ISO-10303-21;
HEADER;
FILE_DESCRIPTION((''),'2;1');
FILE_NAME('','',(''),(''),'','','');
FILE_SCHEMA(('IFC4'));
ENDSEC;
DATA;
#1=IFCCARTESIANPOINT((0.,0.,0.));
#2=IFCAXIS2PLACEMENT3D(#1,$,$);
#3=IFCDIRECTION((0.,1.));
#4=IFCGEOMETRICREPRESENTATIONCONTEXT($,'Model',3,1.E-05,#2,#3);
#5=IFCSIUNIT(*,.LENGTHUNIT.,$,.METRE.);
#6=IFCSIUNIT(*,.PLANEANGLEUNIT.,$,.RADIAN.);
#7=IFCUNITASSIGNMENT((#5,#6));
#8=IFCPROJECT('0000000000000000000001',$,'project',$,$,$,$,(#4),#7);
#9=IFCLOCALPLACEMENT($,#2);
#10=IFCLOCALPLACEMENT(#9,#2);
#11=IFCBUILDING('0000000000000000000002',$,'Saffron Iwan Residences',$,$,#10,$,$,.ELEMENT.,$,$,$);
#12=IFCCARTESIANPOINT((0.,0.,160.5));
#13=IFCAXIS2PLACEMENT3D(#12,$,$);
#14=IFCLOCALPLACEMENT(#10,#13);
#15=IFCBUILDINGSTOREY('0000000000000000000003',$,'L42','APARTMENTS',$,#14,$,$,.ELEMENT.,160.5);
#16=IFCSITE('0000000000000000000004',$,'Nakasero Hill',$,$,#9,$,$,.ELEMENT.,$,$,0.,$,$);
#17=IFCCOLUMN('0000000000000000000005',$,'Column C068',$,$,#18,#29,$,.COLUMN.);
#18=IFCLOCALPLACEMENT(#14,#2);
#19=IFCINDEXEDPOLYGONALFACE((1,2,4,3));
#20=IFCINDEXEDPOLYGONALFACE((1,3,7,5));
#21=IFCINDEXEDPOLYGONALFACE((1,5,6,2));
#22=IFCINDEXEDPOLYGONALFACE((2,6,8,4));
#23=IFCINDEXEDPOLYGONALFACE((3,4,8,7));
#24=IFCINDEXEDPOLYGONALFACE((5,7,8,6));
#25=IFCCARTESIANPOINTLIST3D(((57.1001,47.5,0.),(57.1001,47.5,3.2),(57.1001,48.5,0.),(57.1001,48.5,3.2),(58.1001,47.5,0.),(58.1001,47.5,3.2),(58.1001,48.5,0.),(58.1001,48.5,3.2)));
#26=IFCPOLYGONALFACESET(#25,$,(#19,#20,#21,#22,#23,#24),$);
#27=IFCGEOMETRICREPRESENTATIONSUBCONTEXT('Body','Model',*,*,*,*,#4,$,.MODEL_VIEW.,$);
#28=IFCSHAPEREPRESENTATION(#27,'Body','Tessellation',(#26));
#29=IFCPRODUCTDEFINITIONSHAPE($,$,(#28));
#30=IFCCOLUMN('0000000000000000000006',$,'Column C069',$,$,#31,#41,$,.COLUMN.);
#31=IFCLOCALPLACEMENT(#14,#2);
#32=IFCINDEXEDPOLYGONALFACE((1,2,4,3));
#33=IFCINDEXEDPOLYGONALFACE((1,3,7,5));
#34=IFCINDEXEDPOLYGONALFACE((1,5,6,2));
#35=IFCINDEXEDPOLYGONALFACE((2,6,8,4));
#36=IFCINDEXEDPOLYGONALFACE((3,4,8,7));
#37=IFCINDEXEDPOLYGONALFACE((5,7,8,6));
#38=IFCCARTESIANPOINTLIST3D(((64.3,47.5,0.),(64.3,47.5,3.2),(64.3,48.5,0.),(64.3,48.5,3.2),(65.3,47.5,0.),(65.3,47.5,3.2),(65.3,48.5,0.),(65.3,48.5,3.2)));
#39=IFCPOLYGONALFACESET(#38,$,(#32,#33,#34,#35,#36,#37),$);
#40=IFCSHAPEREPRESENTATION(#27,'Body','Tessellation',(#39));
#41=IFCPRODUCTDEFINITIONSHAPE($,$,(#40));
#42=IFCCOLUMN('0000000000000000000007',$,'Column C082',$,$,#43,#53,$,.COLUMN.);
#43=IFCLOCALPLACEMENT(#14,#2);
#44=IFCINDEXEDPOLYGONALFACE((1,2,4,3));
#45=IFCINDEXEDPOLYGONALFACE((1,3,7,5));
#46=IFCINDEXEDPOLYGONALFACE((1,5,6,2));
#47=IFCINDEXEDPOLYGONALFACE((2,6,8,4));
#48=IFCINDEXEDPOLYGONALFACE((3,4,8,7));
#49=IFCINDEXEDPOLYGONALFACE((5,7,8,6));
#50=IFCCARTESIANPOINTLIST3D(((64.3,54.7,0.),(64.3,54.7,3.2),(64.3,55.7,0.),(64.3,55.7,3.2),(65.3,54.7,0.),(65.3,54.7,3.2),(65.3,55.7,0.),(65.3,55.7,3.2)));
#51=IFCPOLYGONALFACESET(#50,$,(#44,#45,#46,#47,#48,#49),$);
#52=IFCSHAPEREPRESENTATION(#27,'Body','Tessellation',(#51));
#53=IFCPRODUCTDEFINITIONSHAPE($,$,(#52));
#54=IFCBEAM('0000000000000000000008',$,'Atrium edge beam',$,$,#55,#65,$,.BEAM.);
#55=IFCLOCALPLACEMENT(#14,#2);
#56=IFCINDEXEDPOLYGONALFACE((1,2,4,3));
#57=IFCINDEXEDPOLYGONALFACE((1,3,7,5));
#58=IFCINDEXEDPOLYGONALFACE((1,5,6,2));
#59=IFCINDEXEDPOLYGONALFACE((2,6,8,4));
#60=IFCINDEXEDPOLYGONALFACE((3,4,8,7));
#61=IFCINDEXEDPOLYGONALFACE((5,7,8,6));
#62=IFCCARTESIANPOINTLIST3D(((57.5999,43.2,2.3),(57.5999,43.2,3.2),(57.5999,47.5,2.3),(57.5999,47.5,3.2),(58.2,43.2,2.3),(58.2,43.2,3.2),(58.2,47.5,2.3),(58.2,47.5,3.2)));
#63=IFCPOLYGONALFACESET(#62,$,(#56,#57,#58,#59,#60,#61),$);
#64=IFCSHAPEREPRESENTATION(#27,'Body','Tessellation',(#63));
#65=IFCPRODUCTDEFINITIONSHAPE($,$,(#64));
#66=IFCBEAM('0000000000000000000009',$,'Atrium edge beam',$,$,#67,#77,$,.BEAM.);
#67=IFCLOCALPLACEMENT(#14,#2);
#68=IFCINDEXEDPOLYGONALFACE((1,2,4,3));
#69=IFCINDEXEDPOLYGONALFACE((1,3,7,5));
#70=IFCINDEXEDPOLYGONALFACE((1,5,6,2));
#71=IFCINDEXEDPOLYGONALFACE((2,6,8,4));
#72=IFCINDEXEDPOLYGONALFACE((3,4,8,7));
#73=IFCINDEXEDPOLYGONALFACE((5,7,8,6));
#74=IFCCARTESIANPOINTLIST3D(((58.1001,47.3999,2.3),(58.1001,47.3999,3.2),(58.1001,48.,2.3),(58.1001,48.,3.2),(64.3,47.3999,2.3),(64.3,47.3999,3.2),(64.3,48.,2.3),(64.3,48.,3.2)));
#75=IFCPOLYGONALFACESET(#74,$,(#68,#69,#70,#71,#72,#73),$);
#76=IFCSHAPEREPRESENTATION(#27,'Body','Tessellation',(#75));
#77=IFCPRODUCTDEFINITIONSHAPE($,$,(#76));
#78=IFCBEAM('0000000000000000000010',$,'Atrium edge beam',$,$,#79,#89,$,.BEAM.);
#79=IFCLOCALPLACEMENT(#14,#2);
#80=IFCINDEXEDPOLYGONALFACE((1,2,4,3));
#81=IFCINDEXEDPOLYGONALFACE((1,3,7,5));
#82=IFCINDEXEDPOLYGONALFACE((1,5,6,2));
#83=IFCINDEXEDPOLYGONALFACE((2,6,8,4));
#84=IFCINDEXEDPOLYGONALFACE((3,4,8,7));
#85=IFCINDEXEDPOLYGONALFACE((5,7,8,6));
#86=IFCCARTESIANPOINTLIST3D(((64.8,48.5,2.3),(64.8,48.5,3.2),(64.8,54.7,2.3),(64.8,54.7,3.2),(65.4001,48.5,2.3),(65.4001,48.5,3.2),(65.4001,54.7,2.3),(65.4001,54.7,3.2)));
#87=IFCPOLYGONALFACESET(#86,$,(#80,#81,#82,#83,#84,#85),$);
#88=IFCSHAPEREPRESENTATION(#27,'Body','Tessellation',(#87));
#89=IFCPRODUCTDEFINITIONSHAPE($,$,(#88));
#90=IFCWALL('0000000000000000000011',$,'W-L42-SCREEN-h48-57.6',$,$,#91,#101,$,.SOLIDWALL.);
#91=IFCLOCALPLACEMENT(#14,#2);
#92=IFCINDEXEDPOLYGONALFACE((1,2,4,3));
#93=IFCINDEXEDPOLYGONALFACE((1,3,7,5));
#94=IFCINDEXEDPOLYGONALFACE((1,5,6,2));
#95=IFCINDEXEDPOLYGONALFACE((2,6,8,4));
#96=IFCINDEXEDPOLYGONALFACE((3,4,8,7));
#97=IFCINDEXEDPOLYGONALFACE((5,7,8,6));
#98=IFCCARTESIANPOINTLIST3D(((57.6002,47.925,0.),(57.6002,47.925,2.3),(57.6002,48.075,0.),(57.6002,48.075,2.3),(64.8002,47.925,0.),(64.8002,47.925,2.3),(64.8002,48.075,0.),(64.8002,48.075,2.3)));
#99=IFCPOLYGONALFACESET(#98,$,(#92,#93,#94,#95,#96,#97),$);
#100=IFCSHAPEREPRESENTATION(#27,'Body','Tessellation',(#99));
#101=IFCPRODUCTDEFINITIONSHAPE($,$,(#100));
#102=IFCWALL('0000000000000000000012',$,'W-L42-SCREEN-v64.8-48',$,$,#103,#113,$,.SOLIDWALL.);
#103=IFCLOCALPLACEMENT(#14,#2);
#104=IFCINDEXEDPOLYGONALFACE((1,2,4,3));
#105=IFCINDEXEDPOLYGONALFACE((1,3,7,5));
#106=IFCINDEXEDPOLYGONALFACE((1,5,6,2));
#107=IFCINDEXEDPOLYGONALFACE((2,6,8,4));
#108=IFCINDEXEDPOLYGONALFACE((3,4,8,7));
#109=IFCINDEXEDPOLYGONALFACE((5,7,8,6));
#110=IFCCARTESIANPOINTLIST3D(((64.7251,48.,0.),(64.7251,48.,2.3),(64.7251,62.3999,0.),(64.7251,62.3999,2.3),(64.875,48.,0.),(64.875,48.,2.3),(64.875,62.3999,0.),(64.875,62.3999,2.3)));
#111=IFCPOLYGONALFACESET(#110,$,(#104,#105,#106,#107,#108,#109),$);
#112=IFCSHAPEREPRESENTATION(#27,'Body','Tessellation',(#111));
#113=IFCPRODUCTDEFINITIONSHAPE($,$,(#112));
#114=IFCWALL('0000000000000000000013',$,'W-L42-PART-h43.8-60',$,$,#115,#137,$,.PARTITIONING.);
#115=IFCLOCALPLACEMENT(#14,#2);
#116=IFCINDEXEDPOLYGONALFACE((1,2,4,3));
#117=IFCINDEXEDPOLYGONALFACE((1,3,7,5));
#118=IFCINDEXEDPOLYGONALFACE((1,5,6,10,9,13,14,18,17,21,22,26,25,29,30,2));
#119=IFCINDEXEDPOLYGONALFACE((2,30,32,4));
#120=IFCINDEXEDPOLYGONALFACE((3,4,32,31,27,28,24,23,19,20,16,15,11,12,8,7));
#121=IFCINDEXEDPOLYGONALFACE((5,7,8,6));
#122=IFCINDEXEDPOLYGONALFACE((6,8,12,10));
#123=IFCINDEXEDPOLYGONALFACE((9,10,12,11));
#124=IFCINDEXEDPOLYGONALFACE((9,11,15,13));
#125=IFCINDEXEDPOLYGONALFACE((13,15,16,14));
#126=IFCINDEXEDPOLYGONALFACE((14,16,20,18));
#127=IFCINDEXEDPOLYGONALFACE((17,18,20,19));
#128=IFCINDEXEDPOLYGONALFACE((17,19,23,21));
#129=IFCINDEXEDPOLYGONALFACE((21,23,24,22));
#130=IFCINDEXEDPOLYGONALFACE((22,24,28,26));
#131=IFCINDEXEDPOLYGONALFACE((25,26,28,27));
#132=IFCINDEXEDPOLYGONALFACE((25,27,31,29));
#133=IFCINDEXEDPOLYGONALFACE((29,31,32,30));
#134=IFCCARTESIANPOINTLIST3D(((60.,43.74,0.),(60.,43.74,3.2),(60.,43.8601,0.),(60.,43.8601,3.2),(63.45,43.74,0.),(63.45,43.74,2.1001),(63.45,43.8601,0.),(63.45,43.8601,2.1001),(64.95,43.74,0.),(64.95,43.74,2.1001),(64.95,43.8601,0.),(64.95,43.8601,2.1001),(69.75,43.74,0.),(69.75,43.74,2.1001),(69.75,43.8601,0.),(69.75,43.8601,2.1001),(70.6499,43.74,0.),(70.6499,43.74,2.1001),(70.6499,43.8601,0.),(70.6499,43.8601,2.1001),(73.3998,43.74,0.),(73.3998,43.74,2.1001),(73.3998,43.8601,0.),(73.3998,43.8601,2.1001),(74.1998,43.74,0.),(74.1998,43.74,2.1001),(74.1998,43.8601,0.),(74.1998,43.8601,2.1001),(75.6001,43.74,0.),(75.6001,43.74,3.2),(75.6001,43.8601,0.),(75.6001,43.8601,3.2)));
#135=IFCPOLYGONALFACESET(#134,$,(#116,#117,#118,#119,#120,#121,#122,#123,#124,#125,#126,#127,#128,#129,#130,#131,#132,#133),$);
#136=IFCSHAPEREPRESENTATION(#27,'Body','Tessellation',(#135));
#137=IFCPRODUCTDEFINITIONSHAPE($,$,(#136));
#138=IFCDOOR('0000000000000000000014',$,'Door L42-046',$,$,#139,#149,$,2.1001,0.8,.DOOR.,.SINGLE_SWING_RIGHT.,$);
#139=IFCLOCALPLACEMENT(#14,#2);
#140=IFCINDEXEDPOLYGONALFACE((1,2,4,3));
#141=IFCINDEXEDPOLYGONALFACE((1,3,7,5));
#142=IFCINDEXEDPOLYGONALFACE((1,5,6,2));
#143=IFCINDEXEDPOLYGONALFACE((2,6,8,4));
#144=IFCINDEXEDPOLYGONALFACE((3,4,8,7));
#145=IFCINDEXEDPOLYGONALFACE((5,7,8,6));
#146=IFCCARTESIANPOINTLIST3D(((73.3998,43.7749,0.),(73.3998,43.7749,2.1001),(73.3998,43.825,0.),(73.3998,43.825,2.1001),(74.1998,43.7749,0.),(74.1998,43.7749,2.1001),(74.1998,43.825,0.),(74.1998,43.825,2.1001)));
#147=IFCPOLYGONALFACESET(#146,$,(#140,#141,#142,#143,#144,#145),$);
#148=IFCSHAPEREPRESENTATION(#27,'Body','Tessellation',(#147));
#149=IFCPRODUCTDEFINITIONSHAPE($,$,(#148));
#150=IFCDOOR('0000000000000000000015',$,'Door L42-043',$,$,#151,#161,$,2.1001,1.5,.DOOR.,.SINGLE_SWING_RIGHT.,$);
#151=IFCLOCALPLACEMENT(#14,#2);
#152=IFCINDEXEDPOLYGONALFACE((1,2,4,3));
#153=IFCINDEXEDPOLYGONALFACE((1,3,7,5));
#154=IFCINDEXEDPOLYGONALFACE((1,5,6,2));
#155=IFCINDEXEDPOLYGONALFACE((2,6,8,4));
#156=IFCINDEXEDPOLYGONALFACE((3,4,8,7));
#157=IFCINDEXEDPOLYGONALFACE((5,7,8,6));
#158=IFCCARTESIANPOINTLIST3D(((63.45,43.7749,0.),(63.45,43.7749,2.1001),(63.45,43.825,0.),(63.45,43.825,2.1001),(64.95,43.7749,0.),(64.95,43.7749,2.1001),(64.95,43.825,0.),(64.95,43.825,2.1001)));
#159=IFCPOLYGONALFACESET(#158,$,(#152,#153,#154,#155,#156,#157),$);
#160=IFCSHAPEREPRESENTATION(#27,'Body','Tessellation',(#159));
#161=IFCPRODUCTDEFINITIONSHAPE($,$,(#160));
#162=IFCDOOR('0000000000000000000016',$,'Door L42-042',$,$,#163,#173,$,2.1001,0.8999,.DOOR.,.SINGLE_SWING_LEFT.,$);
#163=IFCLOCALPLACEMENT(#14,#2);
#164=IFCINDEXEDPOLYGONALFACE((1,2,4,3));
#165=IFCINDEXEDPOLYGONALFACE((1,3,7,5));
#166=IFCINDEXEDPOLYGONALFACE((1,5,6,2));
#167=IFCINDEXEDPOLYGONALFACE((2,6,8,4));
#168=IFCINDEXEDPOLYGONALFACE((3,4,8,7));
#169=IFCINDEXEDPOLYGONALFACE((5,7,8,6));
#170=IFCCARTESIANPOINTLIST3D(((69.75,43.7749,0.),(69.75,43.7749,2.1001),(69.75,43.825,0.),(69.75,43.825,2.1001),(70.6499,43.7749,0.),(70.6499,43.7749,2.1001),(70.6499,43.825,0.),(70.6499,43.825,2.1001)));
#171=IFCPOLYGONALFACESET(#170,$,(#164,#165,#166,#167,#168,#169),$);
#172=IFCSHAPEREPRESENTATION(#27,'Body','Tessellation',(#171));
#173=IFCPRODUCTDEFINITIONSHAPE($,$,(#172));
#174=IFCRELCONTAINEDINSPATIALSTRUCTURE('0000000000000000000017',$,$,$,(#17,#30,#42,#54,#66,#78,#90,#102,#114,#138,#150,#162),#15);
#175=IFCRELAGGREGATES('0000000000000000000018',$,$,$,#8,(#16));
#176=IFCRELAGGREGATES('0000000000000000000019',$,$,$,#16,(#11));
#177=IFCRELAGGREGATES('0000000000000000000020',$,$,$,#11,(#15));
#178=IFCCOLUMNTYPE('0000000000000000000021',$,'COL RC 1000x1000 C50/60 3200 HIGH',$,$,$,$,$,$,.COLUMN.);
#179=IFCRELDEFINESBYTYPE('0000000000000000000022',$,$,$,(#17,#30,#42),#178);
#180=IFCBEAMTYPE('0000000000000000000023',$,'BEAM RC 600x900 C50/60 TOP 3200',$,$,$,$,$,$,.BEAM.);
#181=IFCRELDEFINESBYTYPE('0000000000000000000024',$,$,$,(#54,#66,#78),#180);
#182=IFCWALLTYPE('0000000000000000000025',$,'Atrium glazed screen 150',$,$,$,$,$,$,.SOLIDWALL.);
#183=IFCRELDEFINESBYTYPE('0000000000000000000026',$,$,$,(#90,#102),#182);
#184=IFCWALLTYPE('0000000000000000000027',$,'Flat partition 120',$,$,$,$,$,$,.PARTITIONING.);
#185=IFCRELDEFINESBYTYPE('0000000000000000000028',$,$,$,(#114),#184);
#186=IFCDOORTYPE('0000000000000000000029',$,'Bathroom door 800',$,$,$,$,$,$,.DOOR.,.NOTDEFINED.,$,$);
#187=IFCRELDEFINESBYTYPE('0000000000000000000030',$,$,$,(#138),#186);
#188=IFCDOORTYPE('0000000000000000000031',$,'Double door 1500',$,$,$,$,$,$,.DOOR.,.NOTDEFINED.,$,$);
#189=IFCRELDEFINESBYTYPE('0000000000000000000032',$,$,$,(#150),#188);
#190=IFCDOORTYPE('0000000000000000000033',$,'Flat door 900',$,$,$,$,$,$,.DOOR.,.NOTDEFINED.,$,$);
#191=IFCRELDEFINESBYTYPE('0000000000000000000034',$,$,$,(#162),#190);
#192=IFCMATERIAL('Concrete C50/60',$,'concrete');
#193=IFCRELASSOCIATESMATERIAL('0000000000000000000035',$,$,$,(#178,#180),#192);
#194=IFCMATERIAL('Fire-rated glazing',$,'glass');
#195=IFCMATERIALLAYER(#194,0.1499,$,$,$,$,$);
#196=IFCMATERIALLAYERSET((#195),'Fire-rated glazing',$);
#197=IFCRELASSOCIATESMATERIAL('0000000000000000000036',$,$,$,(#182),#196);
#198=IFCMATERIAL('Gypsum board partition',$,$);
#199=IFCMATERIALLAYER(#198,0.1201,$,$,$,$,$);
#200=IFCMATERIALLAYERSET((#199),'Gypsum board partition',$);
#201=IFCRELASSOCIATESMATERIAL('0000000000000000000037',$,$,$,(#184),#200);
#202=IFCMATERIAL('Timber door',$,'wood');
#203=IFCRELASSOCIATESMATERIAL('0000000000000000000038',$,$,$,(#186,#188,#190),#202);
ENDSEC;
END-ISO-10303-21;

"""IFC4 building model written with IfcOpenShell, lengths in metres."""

from ifc_helpers import new_model, si_unit, direction, frame, frame_2d, origin, origin_2d, place, context, subcontext, project, spatial, rectangle, extrude, source, transform, mapped, material, layer, layer_set, material_profile, profile_set, type_object, element, fill, save


model = new_model("IFC4")

# Units and contexts
model_context = context("Model", 3, precision=1e-05, world=origin(), true_north=direction((0.0, 1.0)))
body_context = subcontext(model_context, "Body", "Model", "MODEL_VIEW")
ifc_project = project(units=[si_unit("LENGTHUNIT", "METRE"), si_unit("PLANEANGLEUNIT", "RADIAN")], contexts=[model_context])

# Site, building, storey
site_placement = place(None, origin())
site = spatial("IfcSite", under=ifc_project, at=site_placement, Name="Nakasero Hill", CompositionType="ELEMENT", RefElevation=0.0)
building_placement = place(site_placement, origin())
building = spatial("IfcBuilding", under=site, at=building_placement, Name="Saffron Iwan Residences", CompositionType="ELEMENT")
storey_placement = place(building_placement, frame((0.0, 0.0, 160.5)))
storey = spatial("IfcBuildingStorey", under=building, at=storey_placement, Name="L42", Description="APARTMENTS", CompositionType="ELEMENT", Elevation=160.5)

# Columns
ifc_material_1 = material(Name="Concrete C50/60", Category="concrete")
ifc_material_profile_1 = material_profile(ifc_material_1, rectangle(XDim=1.0, YDim=1.0, at=origin_2d()), Name="RC 1000x1000")
ifc_profile_set_1 = profile_set([ifc_material_profile_1], Name="Concrete C50/60")
column_type = type_object("IfcColumnType", Name="COL RC 1000x1000 C50/60 3200 HIGH", PredefinedType="COLUMN", material=ifc_profile_set_1)
shared_shape_1 = source(origin(), body_context, "Body", "SweptSolid", [
    extrude(rectangle(XDim=1.0, YDim=1.0, at=origin_2d()), origin(), (0.0, 0.0, 1.0), 3.2),
])
for number, where, z_axis, x_axis, name in (
    (1, (57.6001, 48.0, 0.0), (0.0, 0.0, 1.0), (1.0, 0.0, 0.0), "Column C068"),
    (2, (64.8, 48.0, 0.0), (0.0, 0.0, 1.0), (1.0, 0.0, 0.0), "Column C069"),
    (3, (64.8, 55.2, 0.0), (0.0, 0.0, 1.0), (1.0, 0.0, 0.0), "Column C082"),
):
    element("IfcColumn", number, at=place(storey_placement, frame(where, z_axis=z_axis, x_axis=x_axis)), inside=storey, type_object=column_type, Name=name, PredefinedType="COLUMN", context=body_context, shape_type="MappedRepresentation", body=[
        mapped(shared_shape_1, transform((0.0, 0.0, 0.0))),
    ])

# Beams
ifc_material_profile_2 = material_profile(ifc_material_1, rectangle(XDim=0.6001, YDim=0.8999, at=origin_2d()), Name="RC 600x900")
ifc_profile_set_2 = profile_set([ifc_material_profile_2], Name="Concrete C50/60")
beam_type = type_object("IfcBeamType", Name="BEAM RC 600x900 C50/60 TOP 3200", PredefinedType="BEAM", material=ifc_profile_set_2)
shared_shape_2 = source(origin(), body_context, "Body", "SweptSolid", [
    extrude(rectangle(XDim=0.6001, YDim=0.8999, at=origin_2d()), origin(), (0.0, 0.0, 1.0), 4.3),
])
beam_placement = place(storey_placement, frame((57.8999, 47.5, 2.75), z_axis=(0.0, -1.0, 0.0), x_axis=(1.0, 0.0, 0.0)))
element("IfcBeam", 4, at=beam_placement, inside=storey, type_object=beam_type, Name="Atrium edge beam", PredefinedType="BEAM", context=body_context, shape_type="MappedRepresentation", body=[
    mapped(shared_shape_2, transform((0.0, 0.0, 0.0))),
])
shared_shape_3 = source(origin(), body_context, "Body", "SweptSolid", [
    extrude(rectangle(XDim=0.6001, YDim=0.8999, at=origin_2d()), origin(), (0.0, 0.0, 1.0), 6.2),
])
for number, where, z_axis, x_axis, name in (
    (5, (64.3, 47.7, 2.75), (-1.0, 0.0, 0.0), (0.0, -1.0, 0.0), "Atrium edge beam"),
    (6, (65.1001, 54.7, 2.75), (0.0, -1.0, 0.0), (1.0, 0.0, 0.0), "Atrium edge beam"),
):
    element("IfcBeam", number, at=place(storey_placement, frame(where, z_axis=z_axis, x_axis=x_axis)), inside=storey, type_object=beam_type, Name=name, PredefinedType="BEAM", context=body_context, shape_type="MappedRepresentation", body=[
        mapped(shared_shape_3, transform((0.0, 0.0, 0.0))),
    ])

# Walls
ifc_material_2 = material(Name="Fire-rated glazing", Category="glass")
ifc_layer_1 = layer(ifc_material_2, 0.1499)
ifc_layer_set_1 = layer_set([ifc_layer_1], Name="Fire-rated glazing")
wall_type_1 = type_object("IfcWallType", Name="Atrium glazed screen 150", PredefinedType="SOLIDWALL", material=ifc_layer_set_1)
wall_1_placement = place(storey_placement, frame((57.6001, 48.0, 0.0), z_axis=(0.0, 0.0, 1.0), x_axis=(1.0, 0.0, 0.0)))
element("IfcWall", 7, at=wall_1_placement, inside=storey, type_object=wall_type_1, Name="W-L42-SCREEN-h48-57.6", PredefinedType="SOLIDWALL", context=body_context, shape_type="SweptSolid", body=[
    extrude(rectangle(XDim=7.2, YDim=0.1499, at=frame_2d((3.6001, 0.0))), origin(), (0.0, 0.0, 1.0), 2.3),
])
wall_2_placement = place(storey_placement, frame((64.8, 48.0, 0.0), z_axis=(0.0, 0.0, 1.0), x_axis=(0.0, 1.0, 0.0)))
element("IfcWall", 8, at=wall_2_placement, inside=storey, type_object=wall_type_1, Name="W-L42-SCREEN-v64.8-48", PredefinedType="SOLIDWALL", context=body_context, shape_type="SweptSolid", body=[
    extrude(rectangle(XDim=14.3999, YDim=0.1499, at=frame_2d((7.2, 0.0))), origin(), (0.0, 0.0, 1.0), 2.3),
])

# Wall, openings, doors
ifc_material_3 = material(Name="Gypsum board partition")
ifc_layer_2 = layer(ifc_material_3, 0.1201)
ifc_layer_set_2 = layer_set([ifc_layer_2], Name="Gypsum board partition")
wall_type_2 = type_object("IfcWallType", Name="Flat partition 120", PredefinedType="PARTITIONING", material=ifc_layer_set_2)
wall_3_placement = place(storey_placement, frame((60.0, 43.8, 0.0), z_axis=(0.0, 0.0, 1.0), x_axis=(1.0, 0.0, 0.0)))
wall_3 = element("IfcWall", 9, at=wall_3_placement, inside=storey, type_object=wall_type_2, Name="W-L42-PART-h43.8-60", PredefinedType="PARTITIONING", context=body_context, shape_type="SweptSolid", body=[
    extrude(rectangle(XDim=15.6001, YDim=0.1201, at=frame_2d((7.8, 0.0))), origin(), (0.0, 0.0, 1.0), 3.2),
])
opening_1_placement = place(wall_3_placement, frame((9.75, 0.0, 0.0)))
opening_1 = element("IfcOpeningElement", 10, at=opening_1_placement, cuts=wall_3, PredefinedType="OPENING", context=body_context, shape_type="SweptSolid", body=[
    extrude(rectangle(XDim=0.8999, YDim=2.1001, at=frame_2d((0.45, 1.05))), frame((0.0, 0.0701, 0.0), z_axis=(0.0, -1.0, 0.0), x_axis=(1.0, 0.0, 0.0)), (0.0, 0.0, 1.0), 0.1401),
])
opening_2_placement = place(wall_3_placement, frame((3.45, 0.0, 0.0)))
opening_2 = element("IfcOpeningElement", 11, at=opening_2_placement, cuts=wall_3, PredefinedType="OPENING", context=body_context, shape_type="SweptSolid", body=[
    extrude(rectangle(XDim=1.5, YDim=2.1001, at=frame_2d((0.75, 1.05))), frame((0.0, 0.0701, 0.0), z_axis=(0.0, -1.0, 0.0), x_axis=(1.0, 0.0, 0.0)), (0.0, 0.0, 1.0), 0.1401),
])
opening_3_placement = place(wall_3_placement, frame((13.3999, 0.0, 0.0)))
opening_3 = element("IfcOpeningElement", 12, at=opening_3_placement, cuts=wall_3, PredefinedType="OPENING", context=body_context, shape_type="SweptSolid", body=[
    extrude(rectangle(XDim=0.8, YDim=2.1001, at=frame_2d((0.3999, 1.05))), frame((0.0, 0.0701, 0.0), z_axis=(0.0, -1.0, 0.0), x_axis=(1.0, 0.0, 0.0)), (0.0, 0.0, 1.0), 0.1401),
])
ifc_material_4 = material(Name="Timber door", Category="wood")
door_type_1 = type_object("IfcDoorType", Name="Bathroom door 800", OperationType="NOTDEFINED", PredefinedType="DOOR", material=ifc_material_4)
door_1_placement = place(opening_3_placement, origin())
door_1 = element("IfcDoor", 13, at=door_1_placement, inside=storey, type_object=door_type_1, Name="Door L42-046", OperationType="SINGLE_SWING_RIGHT", OverallHeight=2.1001, OverallWidth=0.8, PredefinedType="DOOR", context=body_context, shape_type="SweptSolid", body=[
    extrude(rectangle(XDim=0.8, YDim=2.1001, at=frame_2d((0.3999, 1.05))), frame((0.0, 0.0249, 0.0), z_axis=(0.0, -1.0, 0.0), x_axis=(1.0, 0.0, 0.0)), (0.0, 0.0, 1.0), 0.05),
])
fill(opening_3, door_1)
door_type_2 = type_object("IfcDoorType", Name="Double door 1500", OperationType="NOTDEFINED", PredefinedType="DOOR", material=ifc_material_4)
door_2_placement = place(opening_2_placement, origin())
door_2 = element("IfcDoor", 14, at=door_2_placement, inside=storey, type_object=door_type_2, Name="Door L42-043", OperationType="SINGLE_SWING_RIGHT", OverallHeight=2.1001, OverallWidth=1.5, PredefinedType="DOOR", context=body_context, shape_type="SweptSolid", body=[
    extrude(rectangle(XDim=1.5, YDim=2.1001, at=frame_2d((0.75, 1.05))), frame((0.0, 0.0249, 0.0), z_axis=(0.0, -1.0, 0.0), x_axis=(1.0, 0.0, 0.0)), (0.0, 0.0, 1.0), 0.05),
])
fill(opening_2, door_2)
door_type_3 = type_object("IfcDoorType", Name="Flat door 900", OperationType="NOTDEFINED", PredefinedType="DOOR", material=ifc_material_4)
door_3_placement = place(opening_1_placement, origin())
door_3 = element("IfcDoor", 15, at=door_3_placement, inside=storey, type_object=door_type_3, Name="Door L42-042", OperationType="SINGLE_SWING_LEFT", OverallHeight=2.1001, OverallWidth=0.8999, PredefinedType="DOOR", context=body_context, shape_type="SweptSolid", body=[
    extrude(rectangle(XDim=0.8999, YDim=2.1001, at=frame_2d((0.45, 1.05))), frame((0.0, 0.0249, 0.0), z_axis=(0.0, -1.0, 0.0), x_axis=(1.0, 0.0, 0.0)), (0.0, 0.0, 1.0), 0.05),
])
fill(opening_1, door_3)

save(model, "model.ifc")
